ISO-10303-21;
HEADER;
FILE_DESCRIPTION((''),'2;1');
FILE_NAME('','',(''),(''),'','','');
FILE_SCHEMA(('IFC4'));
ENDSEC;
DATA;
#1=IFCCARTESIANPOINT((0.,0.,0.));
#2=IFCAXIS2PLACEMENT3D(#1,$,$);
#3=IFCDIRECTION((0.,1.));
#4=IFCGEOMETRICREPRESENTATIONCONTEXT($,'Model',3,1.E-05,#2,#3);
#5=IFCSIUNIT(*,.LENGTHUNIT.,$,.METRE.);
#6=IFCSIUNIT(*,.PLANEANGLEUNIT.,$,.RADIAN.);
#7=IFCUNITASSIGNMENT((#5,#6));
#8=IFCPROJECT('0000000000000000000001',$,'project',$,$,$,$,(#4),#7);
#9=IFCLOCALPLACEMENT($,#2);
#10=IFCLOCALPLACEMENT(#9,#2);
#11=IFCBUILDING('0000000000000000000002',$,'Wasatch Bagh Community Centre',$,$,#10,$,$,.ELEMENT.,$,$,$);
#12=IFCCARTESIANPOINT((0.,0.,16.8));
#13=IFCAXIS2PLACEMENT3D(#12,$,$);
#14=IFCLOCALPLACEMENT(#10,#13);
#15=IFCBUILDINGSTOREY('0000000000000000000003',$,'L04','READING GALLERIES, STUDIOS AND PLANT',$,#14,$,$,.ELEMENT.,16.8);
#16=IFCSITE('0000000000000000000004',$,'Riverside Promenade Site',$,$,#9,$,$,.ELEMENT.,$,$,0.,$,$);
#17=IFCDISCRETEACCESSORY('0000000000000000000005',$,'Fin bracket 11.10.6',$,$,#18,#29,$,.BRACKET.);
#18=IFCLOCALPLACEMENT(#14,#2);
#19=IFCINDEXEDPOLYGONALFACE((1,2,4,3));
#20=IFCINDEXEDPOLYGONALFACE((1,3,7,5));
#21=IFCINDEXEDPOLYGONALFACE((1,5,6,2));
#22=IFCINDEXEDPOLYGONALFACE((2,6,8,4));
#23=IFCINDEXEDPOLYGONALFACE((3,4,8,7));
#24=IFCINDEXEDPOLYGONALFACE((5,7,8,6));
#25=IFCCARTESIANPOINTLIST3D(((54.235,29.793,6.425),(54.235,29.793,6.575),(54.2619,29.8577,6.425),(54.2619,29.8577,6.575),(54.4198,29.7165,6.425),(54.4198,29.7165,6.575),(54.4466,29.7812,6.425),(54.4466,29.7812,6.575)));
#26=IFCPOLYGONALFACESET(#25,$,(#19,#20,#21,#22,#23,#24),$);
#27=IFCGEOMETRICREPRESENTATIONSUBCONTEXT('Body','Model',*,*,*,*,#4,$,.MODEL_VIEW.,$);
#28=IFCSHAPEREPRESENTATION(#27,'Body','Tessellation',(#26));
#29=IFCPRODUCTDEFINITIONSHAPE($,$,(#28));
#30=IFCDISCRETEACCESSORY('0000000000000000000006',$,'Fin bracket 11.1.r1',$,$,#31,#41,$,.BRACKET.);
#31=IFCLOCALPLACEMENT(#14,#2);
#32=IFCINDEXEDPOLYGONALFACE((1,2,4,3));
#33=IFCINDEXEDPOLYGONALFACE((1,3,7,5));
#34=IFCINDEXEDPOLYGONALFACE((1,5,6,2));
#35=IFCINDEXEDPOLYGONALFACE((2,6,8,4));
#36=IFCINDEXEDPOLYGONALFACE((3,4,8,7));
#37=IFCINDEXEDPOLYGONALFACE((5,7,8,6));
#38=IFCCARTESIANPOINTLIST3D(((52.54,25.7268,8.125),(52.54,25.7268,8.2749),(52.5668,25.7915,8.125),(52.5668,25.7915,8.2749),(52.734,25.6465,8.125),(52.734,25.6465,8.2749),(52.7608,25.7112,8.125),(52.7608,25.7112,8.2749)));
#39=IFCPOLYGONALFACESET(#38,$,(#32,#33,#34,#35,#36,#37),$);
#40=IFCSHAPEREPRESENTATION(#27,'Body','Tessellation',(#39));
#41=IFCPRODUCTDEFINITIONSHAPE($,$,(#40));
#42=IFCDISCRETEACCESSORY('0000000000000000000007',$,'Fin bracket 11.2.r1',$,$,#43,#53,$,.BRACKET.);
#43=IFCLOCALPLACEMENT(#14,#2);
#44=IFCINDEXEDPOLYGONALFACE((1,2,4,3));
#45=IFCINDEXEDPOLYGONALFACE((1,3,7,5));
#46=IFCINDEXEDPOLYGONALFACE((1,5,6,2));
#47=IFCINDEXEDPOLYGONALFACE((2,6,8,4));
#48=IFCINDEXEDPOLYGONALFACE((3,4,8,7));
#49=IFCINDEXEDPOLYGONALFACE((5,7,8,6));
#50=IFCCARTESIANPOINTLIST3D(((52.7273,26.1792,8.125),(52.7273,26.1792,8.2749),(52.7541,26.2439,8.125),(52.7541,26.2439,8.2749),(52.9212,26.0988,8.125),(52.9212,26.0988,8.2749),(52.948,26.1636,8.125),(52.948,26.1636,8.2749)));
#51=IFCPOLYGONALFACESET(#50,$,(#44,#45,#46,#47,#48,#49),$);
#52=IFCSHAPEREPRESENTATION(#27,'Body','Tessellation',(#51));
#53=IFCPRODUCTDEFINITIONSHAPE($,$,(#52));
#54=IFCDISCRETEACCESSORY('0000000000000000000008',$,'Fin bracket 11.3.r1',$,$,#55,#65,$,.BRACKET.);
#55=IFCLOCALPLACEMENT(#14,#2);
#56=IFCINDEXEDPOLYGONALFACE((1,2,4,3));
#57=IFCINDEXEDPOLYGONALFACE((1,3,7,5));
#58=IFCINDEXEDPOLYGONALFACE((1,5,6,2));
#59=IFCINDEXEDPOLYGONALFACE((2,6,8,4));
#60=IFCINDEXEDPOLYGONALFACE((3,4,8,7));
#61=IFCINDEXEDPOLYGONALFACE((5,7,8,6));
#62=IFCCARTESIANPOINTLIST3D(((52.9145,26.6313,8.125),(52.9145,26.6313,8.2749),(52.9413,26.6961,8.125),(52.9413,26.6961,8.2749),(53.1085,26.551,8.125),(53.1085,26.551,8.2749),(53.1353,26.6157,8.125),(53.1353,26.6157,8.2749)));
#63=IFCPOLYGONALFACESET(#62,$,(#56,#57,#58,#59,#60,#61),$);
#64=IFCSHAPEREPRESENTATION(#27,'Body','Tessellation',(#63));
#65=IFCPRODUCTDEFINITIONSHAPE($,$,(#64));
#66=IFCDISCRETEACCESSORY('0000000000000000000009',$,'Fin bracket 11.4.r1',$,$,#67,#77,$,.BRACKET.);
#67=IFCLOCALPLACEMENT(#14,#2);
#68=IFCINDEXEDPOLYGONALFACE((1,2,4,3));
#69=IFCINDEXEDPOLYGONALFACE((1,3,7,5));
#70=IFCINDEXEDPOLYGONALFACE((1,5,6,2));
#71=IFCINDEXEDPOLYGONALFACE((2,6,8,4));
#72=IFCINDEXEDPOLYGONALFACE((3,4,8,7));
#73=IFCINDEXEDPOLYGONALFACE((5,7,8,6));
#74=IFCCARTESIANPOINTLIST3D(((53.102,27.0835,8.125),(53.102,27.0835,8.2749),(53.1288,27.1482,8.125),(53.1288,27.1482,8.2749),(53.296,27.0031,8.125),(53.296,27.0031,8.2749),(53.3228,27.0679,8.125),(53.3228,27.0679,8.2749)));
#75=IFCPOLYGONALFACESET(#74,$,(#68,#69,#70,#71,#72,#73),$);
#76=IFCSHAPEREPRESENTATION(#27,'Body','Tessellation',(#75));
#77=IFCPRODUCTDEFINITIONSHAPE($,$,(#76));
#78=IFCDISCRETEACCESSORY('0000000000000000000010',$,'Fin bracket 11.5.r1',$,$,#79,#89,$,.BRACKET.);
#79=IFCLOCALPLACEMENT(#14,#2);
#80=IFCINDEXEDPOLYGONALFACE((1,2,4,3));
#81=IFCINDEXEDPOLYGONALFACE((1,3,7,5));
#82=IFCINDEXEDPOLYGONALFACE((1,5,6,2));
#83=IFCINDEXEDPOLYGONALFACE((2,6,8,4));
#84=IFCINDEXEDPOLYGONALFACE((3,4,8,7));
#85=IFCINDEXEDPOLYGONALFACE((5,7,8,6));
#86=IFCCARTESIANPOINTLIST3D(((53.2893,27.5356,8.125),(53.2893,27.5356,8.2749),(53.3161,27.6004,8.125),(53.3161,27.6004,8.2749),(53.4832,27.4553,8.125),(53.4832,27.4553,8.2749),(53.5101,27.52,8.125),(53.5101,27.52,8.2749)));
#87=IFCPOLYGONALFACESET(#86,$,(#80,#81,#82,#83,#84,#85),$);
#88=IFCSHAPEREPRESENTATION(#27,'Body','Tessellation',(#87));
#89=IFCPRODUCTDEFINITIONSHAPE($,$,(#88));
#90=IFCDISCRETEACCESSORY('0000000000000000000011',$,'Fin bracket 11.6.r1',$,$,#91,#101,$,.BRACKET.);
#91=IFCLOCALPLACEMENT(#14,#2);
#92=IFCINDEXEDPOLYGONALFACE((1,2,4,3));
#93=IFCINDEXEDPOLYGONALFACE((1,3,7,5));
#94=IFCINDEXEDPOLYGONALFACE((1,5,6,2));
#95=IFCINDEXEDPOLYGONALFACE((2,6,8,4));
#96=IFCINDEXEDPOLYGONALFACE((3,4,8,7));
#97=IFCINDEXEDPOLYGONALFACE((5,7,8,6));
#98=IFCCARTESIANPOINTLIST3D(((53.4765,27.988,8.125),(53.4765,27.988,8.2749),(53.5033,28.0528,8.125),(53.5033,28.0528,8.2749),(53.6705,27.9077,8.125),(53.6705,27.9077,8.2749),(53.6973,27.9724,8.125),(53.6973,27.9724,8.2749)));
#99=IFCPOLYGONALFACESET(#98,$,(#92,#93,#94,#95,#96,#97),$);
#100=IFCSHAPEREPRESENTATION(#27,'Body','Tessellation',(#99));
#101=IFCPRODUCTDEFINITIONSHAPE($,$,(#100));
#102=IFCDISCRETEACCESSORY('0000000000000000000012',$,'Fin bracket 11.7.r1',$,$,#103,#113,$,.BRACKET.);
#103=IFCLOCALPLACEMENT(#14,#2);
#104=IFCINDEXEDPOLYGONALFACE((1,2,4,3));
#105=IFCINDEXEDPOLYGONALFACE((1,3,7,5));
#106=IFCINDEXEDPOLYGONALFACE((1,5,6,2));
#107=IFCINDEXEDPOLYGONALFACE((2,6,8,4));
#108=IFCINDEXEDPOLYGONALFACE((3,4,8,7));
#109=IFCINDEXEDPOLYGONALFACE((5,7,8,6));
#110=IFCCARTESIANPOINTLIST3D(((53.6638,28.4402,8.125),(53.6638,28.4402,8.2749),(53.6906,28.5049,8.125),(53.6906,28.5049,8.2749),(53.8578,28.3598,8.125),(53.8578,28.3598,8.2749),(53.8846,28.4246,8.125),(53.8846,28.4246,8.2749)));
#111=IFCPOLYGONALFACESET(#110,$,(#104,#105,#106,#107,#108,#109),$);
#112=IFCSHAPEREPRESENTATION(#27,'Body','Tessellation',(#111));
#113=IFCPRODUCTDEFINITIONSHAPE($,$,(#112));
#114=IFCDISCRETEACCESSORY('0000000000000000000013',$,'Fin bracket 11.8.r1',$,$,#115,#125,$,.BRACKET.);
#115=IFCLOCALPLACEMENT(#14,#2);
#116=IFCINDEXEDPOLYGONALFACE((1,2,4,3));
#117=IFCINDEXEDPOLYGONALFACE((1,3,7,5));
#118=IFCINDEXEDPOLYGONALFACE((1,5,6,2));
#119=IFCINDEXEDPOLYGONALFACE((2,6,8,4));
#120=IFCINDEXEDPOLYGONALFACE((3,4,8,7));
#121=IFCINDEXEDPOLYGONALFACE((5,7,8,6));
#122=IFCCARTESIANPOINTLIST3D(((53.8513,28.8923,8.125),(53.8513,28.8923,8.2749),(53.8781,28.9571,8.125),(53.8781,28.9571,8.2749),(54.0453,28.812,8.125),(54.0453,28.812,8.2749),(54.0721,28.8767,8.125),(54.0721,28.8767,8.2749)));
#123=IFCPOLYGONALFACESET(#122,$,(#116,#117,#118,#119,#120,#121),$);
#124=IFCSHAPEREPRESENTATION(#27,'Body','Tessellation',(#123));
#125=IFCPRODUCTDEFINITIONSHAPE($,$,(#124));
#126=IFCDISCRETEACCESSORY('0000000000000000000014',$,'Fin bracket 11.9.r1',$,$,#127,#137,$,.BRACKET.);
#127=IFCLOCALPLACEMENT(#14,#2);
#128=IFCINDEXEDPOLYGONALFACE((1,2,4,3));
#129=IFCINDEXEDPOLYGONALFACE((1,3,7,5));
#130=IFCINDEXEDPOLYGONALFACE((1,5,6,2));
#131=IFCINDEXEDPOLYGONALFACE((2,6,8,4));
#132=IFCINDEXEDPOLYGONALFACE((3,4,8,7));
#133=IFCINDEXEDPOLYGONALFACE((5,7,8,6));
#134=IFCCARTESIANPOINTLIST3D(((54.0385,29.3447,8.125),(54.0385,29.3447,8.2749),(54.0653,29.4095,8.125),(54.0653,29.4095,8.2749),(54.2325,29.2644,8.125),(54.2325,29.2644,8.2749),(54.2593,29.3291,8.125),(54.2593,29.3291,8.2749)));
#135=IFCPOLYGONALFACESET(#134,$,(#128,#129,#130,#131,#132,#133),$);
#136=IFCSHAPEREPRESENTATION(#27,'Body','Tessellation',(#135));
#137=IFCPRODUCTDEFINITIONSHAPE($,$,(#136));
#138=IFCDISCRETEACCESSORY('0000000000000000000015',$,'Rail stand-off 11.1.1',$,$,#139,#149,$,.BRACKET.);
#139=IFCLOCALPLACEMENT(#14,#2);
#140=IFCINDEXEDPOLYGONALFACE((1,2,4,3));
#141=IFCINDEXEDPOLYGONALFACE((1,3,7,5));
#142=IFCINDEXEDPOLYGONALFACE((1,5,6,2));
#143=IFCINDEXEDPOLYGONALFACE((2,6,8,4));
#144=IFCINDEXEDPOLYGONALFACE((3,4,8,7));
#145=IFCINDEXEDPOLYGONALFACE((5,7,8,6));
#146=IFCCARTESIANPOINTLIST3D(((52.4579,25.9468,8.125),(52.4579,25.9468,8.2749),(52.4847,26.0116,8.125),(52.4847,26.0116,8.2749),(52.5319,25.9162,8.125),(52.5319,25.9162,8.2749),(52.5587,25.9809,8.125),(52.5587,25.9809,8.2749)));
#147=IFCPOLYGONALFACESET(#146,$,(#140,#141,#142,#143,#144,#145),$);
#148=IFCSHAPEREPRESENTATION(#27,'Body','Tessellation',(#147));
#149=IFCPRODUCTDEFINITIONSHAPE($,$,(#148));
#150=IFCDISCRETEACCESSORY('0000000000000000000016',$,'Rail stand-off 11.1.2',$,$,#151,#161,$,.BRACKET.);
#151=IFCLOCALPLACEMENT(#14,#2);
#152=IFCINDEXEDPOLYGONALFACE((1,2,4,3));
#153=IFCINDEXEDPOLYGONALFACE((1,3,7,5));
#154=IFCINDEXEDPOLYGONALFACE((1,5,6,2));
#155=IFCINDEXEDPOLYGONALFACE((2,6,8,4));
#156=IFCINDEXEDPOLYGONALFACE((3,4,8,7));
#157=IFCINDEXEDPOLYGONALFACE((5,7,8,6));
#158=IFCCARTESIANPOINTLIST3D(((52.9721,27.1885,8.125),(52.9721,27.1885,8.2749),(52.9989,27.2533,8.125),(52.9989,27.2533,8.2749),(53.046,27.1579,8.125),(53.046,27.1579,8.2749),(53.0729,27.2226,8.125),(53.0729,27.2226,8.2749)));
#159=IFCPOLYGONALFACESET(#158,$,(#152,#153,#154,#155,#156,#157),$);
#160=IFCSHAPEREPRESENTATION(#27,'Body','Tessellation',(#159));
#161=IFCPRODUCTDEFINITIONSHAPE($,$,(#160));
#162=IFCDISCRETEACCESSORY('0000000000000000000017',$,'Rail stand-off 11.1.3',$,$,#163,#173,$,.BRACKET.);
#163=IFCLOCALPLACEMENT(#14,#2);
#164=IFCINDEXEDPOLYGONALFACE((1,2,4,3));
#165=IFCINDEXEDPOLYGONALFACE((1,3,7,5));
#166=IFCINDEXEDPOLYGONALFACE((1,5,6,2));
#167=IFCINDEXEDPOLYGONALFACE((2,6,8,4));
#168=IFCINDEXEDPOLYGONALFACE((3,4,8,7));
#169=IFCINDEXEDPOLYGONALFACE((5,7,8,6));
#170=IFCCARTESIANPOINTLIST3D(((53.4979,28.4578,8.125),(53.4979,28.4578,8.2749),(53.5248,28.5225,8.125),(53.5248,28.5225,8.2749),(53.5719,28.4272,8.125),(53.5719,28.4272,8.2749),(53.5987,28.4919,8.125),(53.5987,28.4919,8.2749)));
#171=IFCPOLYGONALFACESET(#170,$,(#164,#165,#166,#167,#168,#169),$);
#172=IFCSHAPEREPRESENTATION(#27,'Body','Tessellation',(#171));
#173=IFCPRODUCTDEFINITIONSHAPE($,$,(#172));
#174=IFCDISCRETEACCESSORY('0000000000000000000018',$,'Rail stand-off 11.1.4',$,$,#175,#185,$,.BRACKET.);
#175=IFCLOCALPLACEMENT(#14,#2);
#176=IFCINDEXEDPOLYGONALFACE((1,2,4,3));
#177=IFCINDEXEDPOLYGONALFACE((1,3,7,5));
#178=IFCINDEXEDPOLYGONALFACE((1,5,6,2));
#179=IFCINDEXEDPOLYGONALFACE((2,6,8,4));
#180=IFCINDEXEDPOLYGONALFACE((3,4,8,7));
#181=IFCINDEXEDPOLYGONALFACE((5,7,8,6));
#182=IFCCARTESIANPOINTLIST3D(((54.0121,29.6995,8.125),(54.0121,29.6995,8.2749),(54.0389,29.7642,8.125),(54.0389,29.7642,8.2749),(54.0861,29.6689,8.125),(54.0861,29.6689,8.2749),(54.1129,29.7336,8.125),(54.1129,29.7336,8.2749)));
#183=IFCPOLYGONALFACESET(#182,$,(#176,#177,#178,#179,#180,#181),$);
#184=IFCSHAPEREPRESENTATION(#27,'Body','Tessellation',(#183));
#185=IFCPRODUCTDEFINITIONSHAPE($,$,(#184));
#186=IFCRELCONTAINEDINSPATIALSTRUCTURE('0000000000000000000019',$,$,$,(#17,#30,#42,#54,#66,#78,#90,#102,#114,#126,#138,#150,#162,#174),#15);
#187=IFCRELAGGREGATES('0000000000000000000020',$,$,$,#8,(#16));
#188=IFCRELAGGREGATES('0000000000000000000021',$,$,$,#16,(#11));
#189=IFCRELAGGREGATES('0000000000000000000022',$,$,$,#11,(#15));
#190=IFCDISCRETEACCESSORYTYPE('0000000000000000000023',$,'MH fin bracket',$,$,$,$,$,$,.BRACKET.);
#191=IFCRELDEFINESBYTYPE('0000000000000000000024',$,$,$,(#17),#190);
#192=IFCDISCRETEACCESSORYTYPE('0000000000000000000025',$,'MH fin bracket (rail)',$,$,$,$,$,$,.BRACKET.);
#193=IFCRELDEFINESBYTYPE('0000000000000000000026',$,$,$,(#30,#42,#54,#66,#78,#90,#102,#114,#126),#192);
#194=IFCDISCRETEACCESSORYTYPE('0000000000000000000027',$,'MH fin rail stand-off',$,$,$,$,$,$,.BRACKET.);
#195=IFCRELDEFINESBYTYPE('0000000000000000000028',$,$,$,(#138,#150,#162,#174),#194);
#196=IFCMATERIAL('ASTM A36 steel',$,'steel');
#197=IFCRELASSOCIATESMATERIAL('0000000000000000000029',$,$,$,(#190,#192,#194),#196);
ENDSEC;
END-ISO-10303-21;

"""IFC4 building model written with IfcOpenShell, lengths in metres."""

from ifc_helpers import new_model, si_unit, direction, frame, origin, origin_2d, place, context, subcontext, project, spatial, rectangle, extrude, material, type_object, element, save


model = new_model("IFC4")

# Units and contexts
model_context = context("Model", 3, precision=1e-05, world=origin(), true_north=direction((0.0, 1.0)))
body_context = subcontext(model_context, "Body", "Model", "MODEL_VIEW")
ifc_project = project(units=[si_unit("LENGTHUNIT", "METRE"), si_unit("PLANEANGLEUNIT", "RADIAN")], contexts=[model_context])

# Site, building, storey
site_placement = place(None, origin())
site = spatial("IfcSite", under=ifc_project, at=site_placement, Name="Riverside Promenade Site", CompositionType="ELEMENT", RefElevation=0.0)
building_placement = place(site_placement, origin())
building = spatial("IfcBuilding", under=site, at=building_placement, Name="Wasatch Bagh Community Centre", CompositionType="ELEMENT")
storey_placement = place(building_placement, frame((0.0, 0.0, 16.8)))
storey = spatial("IfcBuildingStorey", under=building, at=storey_placement, Name="L04", Description="READING GALLERIES, STUDIOS AND PLANT", CompositionType="ELEMENT", Elevation=16.8)

# Discrete accessories
ifc_material_1 = material(Name="ASTM A36 steel", Category="steel")
discrete_accessory_type_1 = type_object("IfcDiscreteAccessoryType", Name="MH fin bracket", PredefinedType="BRACKET", material=ifc_material_1)
for number, where, z_axis, x_axis, name in (
    (1, (54.3408, 29.7871, 6.425), (0.0, 0.0, 1.0), (0.382683, 0.92388, 0.0), "Fin bracket 11.10.6"),
):
    element("IfcDiscreteAccessory", number, at=place(storey_placement, frame(where, z_axis=z_axis, x_axis=x_axis)), inside=storey, type_object=discrete_accessory_type_1, Name=name, PredefinedType="BRACKET", context=body_context, shape_type="SweptSolid", body=[
        extrude(rectangle(XDim=0.0701, YDim=0.2, at=origin_2d()), origin(), (0.0, 0.0, 1.0), 0.1499),
    ])
discrete_accessory_type_2 = type_object("IfcDiscreteAccessoryType", Name="MH fin bracket (rail)", PredefinedType="BRACKET", material=ifc_material_1)
for number, where, z_axis, x_axis, name in (
    (2, (52.6504, 25.719, 8.125), (0.0, 0.0, 1.0), (0.382683, 0.92388, 0.0), "Fin bracket 11.1.r1"),
    (3, (52.8376, 26.1714, 8.125), (0.0, 0.0, 1.0), (0.382683, 0.92388, 0.0), "Fin bracket 11.2.r1"),
    (4, (53.0249, 26.6235, 8.125), (0.0, 0.0, 1.0), (0.382683, 0.92388, 0.0), "Fin bracket 11.3.r1"),
    (5, (53.2124, 27.0757, 8.125), (0.0, 0.0, 1.0), (0.382683, 0.92388, 0.0), "Fin bracket 11.4.r1"),
    (6, (53.3997, 27.5278, 8.125), (0.0, 0.0, 1.0), (0.382683, 0.92388, 0.0), "Fin bracket 11.5.r1"),
    (7, (53.5869, 27.9802, 8.125), (0.0, 0.0, 1.0), (0.382683, 0.92388, 0.0), "Fin bracket 11.6.r1"),
    (8, (53.7742, 28.4324, 8.125), (0.0, 0.0, 1.0), (0.382683, 0.92388, 0.0), "Fin bracket 11.7.r1"),
    (9, (53.9617, 28.8845, 8.125), (0.0, 0.0, 1.0), (0.382683, 0.92388, 0.0), "Fin bracket 11.8.r1"),
    (10, (54.1489, 29.3369, 8.125), (0.0, 0.0, 1.0), (0.382683, 0.92388, 0.0), "Fin bracket 11.9.r1"),
):
    element("IfcDiscreteAccessory", number, at=place(storey_placement, frame(where, z_axis=z_axis, x_axis=x_axis)), inside=storey, type_object=discrete_accessory_type_2, Name=name, PredefinedType="BRACKET", context=body_context, shape_type="SweptSolid", body=[
        extrude(rectangle(XDim=0.0701, YDim=0.21, at=origin_2d()), origin(), (0.0, 0.0, 1.0), 0.1499),
    ])
discrete_accessory_type_3 = type_object("IfcDiscreteAccessoryType", Name="MH fin rail stand-off", PredefinedType="BRACKET", material=ifc_material_1)
for number, where, z_axis, x_axis, name in (
    (11, (52.5083, 25.9639, 8.125), (0.0, 0.0, 1.0), (0.382683, 0.92388, 0.0), "Rail stand-off 11.1.1"),
    (12, (53.0225, 27.2056, 8.125), (0.0, 0.0, 1.0), (0.382683, 0.92388, 0.0), "Rail stand-off 11.1.2"),
    (13, (53.5483, 28.4749, 8.125), (0.0, 0.0, 1.0), (0.382683, 0.92388, 0.0), "Rail stand-off 11.1.3"),
    (14, (54.0625, 29.7166, 8.125), (0.0, 0.0, 1.0), (0.382683, 0.92388, 0.0), "Rail stand-off 11.1.4"),
):
    element("IfcDiscreteAccessory", number, at=place(storey_placement, frame(where, z_axis=z_axis, x_axis=x_axis)), inside=storey, type_object=discrete_accessory_type_3, Name=name, PredefinedType="BRACKET", context=body_context, shape_type="SweptSolid", body=[
        extrude(rectangle(XDim=0.0701, YDim=0.0801, at=origin_2d()), origin(), (0.0, 0.0, 1.0), 0.1499),
    ])

save(model, "model.ifc")
